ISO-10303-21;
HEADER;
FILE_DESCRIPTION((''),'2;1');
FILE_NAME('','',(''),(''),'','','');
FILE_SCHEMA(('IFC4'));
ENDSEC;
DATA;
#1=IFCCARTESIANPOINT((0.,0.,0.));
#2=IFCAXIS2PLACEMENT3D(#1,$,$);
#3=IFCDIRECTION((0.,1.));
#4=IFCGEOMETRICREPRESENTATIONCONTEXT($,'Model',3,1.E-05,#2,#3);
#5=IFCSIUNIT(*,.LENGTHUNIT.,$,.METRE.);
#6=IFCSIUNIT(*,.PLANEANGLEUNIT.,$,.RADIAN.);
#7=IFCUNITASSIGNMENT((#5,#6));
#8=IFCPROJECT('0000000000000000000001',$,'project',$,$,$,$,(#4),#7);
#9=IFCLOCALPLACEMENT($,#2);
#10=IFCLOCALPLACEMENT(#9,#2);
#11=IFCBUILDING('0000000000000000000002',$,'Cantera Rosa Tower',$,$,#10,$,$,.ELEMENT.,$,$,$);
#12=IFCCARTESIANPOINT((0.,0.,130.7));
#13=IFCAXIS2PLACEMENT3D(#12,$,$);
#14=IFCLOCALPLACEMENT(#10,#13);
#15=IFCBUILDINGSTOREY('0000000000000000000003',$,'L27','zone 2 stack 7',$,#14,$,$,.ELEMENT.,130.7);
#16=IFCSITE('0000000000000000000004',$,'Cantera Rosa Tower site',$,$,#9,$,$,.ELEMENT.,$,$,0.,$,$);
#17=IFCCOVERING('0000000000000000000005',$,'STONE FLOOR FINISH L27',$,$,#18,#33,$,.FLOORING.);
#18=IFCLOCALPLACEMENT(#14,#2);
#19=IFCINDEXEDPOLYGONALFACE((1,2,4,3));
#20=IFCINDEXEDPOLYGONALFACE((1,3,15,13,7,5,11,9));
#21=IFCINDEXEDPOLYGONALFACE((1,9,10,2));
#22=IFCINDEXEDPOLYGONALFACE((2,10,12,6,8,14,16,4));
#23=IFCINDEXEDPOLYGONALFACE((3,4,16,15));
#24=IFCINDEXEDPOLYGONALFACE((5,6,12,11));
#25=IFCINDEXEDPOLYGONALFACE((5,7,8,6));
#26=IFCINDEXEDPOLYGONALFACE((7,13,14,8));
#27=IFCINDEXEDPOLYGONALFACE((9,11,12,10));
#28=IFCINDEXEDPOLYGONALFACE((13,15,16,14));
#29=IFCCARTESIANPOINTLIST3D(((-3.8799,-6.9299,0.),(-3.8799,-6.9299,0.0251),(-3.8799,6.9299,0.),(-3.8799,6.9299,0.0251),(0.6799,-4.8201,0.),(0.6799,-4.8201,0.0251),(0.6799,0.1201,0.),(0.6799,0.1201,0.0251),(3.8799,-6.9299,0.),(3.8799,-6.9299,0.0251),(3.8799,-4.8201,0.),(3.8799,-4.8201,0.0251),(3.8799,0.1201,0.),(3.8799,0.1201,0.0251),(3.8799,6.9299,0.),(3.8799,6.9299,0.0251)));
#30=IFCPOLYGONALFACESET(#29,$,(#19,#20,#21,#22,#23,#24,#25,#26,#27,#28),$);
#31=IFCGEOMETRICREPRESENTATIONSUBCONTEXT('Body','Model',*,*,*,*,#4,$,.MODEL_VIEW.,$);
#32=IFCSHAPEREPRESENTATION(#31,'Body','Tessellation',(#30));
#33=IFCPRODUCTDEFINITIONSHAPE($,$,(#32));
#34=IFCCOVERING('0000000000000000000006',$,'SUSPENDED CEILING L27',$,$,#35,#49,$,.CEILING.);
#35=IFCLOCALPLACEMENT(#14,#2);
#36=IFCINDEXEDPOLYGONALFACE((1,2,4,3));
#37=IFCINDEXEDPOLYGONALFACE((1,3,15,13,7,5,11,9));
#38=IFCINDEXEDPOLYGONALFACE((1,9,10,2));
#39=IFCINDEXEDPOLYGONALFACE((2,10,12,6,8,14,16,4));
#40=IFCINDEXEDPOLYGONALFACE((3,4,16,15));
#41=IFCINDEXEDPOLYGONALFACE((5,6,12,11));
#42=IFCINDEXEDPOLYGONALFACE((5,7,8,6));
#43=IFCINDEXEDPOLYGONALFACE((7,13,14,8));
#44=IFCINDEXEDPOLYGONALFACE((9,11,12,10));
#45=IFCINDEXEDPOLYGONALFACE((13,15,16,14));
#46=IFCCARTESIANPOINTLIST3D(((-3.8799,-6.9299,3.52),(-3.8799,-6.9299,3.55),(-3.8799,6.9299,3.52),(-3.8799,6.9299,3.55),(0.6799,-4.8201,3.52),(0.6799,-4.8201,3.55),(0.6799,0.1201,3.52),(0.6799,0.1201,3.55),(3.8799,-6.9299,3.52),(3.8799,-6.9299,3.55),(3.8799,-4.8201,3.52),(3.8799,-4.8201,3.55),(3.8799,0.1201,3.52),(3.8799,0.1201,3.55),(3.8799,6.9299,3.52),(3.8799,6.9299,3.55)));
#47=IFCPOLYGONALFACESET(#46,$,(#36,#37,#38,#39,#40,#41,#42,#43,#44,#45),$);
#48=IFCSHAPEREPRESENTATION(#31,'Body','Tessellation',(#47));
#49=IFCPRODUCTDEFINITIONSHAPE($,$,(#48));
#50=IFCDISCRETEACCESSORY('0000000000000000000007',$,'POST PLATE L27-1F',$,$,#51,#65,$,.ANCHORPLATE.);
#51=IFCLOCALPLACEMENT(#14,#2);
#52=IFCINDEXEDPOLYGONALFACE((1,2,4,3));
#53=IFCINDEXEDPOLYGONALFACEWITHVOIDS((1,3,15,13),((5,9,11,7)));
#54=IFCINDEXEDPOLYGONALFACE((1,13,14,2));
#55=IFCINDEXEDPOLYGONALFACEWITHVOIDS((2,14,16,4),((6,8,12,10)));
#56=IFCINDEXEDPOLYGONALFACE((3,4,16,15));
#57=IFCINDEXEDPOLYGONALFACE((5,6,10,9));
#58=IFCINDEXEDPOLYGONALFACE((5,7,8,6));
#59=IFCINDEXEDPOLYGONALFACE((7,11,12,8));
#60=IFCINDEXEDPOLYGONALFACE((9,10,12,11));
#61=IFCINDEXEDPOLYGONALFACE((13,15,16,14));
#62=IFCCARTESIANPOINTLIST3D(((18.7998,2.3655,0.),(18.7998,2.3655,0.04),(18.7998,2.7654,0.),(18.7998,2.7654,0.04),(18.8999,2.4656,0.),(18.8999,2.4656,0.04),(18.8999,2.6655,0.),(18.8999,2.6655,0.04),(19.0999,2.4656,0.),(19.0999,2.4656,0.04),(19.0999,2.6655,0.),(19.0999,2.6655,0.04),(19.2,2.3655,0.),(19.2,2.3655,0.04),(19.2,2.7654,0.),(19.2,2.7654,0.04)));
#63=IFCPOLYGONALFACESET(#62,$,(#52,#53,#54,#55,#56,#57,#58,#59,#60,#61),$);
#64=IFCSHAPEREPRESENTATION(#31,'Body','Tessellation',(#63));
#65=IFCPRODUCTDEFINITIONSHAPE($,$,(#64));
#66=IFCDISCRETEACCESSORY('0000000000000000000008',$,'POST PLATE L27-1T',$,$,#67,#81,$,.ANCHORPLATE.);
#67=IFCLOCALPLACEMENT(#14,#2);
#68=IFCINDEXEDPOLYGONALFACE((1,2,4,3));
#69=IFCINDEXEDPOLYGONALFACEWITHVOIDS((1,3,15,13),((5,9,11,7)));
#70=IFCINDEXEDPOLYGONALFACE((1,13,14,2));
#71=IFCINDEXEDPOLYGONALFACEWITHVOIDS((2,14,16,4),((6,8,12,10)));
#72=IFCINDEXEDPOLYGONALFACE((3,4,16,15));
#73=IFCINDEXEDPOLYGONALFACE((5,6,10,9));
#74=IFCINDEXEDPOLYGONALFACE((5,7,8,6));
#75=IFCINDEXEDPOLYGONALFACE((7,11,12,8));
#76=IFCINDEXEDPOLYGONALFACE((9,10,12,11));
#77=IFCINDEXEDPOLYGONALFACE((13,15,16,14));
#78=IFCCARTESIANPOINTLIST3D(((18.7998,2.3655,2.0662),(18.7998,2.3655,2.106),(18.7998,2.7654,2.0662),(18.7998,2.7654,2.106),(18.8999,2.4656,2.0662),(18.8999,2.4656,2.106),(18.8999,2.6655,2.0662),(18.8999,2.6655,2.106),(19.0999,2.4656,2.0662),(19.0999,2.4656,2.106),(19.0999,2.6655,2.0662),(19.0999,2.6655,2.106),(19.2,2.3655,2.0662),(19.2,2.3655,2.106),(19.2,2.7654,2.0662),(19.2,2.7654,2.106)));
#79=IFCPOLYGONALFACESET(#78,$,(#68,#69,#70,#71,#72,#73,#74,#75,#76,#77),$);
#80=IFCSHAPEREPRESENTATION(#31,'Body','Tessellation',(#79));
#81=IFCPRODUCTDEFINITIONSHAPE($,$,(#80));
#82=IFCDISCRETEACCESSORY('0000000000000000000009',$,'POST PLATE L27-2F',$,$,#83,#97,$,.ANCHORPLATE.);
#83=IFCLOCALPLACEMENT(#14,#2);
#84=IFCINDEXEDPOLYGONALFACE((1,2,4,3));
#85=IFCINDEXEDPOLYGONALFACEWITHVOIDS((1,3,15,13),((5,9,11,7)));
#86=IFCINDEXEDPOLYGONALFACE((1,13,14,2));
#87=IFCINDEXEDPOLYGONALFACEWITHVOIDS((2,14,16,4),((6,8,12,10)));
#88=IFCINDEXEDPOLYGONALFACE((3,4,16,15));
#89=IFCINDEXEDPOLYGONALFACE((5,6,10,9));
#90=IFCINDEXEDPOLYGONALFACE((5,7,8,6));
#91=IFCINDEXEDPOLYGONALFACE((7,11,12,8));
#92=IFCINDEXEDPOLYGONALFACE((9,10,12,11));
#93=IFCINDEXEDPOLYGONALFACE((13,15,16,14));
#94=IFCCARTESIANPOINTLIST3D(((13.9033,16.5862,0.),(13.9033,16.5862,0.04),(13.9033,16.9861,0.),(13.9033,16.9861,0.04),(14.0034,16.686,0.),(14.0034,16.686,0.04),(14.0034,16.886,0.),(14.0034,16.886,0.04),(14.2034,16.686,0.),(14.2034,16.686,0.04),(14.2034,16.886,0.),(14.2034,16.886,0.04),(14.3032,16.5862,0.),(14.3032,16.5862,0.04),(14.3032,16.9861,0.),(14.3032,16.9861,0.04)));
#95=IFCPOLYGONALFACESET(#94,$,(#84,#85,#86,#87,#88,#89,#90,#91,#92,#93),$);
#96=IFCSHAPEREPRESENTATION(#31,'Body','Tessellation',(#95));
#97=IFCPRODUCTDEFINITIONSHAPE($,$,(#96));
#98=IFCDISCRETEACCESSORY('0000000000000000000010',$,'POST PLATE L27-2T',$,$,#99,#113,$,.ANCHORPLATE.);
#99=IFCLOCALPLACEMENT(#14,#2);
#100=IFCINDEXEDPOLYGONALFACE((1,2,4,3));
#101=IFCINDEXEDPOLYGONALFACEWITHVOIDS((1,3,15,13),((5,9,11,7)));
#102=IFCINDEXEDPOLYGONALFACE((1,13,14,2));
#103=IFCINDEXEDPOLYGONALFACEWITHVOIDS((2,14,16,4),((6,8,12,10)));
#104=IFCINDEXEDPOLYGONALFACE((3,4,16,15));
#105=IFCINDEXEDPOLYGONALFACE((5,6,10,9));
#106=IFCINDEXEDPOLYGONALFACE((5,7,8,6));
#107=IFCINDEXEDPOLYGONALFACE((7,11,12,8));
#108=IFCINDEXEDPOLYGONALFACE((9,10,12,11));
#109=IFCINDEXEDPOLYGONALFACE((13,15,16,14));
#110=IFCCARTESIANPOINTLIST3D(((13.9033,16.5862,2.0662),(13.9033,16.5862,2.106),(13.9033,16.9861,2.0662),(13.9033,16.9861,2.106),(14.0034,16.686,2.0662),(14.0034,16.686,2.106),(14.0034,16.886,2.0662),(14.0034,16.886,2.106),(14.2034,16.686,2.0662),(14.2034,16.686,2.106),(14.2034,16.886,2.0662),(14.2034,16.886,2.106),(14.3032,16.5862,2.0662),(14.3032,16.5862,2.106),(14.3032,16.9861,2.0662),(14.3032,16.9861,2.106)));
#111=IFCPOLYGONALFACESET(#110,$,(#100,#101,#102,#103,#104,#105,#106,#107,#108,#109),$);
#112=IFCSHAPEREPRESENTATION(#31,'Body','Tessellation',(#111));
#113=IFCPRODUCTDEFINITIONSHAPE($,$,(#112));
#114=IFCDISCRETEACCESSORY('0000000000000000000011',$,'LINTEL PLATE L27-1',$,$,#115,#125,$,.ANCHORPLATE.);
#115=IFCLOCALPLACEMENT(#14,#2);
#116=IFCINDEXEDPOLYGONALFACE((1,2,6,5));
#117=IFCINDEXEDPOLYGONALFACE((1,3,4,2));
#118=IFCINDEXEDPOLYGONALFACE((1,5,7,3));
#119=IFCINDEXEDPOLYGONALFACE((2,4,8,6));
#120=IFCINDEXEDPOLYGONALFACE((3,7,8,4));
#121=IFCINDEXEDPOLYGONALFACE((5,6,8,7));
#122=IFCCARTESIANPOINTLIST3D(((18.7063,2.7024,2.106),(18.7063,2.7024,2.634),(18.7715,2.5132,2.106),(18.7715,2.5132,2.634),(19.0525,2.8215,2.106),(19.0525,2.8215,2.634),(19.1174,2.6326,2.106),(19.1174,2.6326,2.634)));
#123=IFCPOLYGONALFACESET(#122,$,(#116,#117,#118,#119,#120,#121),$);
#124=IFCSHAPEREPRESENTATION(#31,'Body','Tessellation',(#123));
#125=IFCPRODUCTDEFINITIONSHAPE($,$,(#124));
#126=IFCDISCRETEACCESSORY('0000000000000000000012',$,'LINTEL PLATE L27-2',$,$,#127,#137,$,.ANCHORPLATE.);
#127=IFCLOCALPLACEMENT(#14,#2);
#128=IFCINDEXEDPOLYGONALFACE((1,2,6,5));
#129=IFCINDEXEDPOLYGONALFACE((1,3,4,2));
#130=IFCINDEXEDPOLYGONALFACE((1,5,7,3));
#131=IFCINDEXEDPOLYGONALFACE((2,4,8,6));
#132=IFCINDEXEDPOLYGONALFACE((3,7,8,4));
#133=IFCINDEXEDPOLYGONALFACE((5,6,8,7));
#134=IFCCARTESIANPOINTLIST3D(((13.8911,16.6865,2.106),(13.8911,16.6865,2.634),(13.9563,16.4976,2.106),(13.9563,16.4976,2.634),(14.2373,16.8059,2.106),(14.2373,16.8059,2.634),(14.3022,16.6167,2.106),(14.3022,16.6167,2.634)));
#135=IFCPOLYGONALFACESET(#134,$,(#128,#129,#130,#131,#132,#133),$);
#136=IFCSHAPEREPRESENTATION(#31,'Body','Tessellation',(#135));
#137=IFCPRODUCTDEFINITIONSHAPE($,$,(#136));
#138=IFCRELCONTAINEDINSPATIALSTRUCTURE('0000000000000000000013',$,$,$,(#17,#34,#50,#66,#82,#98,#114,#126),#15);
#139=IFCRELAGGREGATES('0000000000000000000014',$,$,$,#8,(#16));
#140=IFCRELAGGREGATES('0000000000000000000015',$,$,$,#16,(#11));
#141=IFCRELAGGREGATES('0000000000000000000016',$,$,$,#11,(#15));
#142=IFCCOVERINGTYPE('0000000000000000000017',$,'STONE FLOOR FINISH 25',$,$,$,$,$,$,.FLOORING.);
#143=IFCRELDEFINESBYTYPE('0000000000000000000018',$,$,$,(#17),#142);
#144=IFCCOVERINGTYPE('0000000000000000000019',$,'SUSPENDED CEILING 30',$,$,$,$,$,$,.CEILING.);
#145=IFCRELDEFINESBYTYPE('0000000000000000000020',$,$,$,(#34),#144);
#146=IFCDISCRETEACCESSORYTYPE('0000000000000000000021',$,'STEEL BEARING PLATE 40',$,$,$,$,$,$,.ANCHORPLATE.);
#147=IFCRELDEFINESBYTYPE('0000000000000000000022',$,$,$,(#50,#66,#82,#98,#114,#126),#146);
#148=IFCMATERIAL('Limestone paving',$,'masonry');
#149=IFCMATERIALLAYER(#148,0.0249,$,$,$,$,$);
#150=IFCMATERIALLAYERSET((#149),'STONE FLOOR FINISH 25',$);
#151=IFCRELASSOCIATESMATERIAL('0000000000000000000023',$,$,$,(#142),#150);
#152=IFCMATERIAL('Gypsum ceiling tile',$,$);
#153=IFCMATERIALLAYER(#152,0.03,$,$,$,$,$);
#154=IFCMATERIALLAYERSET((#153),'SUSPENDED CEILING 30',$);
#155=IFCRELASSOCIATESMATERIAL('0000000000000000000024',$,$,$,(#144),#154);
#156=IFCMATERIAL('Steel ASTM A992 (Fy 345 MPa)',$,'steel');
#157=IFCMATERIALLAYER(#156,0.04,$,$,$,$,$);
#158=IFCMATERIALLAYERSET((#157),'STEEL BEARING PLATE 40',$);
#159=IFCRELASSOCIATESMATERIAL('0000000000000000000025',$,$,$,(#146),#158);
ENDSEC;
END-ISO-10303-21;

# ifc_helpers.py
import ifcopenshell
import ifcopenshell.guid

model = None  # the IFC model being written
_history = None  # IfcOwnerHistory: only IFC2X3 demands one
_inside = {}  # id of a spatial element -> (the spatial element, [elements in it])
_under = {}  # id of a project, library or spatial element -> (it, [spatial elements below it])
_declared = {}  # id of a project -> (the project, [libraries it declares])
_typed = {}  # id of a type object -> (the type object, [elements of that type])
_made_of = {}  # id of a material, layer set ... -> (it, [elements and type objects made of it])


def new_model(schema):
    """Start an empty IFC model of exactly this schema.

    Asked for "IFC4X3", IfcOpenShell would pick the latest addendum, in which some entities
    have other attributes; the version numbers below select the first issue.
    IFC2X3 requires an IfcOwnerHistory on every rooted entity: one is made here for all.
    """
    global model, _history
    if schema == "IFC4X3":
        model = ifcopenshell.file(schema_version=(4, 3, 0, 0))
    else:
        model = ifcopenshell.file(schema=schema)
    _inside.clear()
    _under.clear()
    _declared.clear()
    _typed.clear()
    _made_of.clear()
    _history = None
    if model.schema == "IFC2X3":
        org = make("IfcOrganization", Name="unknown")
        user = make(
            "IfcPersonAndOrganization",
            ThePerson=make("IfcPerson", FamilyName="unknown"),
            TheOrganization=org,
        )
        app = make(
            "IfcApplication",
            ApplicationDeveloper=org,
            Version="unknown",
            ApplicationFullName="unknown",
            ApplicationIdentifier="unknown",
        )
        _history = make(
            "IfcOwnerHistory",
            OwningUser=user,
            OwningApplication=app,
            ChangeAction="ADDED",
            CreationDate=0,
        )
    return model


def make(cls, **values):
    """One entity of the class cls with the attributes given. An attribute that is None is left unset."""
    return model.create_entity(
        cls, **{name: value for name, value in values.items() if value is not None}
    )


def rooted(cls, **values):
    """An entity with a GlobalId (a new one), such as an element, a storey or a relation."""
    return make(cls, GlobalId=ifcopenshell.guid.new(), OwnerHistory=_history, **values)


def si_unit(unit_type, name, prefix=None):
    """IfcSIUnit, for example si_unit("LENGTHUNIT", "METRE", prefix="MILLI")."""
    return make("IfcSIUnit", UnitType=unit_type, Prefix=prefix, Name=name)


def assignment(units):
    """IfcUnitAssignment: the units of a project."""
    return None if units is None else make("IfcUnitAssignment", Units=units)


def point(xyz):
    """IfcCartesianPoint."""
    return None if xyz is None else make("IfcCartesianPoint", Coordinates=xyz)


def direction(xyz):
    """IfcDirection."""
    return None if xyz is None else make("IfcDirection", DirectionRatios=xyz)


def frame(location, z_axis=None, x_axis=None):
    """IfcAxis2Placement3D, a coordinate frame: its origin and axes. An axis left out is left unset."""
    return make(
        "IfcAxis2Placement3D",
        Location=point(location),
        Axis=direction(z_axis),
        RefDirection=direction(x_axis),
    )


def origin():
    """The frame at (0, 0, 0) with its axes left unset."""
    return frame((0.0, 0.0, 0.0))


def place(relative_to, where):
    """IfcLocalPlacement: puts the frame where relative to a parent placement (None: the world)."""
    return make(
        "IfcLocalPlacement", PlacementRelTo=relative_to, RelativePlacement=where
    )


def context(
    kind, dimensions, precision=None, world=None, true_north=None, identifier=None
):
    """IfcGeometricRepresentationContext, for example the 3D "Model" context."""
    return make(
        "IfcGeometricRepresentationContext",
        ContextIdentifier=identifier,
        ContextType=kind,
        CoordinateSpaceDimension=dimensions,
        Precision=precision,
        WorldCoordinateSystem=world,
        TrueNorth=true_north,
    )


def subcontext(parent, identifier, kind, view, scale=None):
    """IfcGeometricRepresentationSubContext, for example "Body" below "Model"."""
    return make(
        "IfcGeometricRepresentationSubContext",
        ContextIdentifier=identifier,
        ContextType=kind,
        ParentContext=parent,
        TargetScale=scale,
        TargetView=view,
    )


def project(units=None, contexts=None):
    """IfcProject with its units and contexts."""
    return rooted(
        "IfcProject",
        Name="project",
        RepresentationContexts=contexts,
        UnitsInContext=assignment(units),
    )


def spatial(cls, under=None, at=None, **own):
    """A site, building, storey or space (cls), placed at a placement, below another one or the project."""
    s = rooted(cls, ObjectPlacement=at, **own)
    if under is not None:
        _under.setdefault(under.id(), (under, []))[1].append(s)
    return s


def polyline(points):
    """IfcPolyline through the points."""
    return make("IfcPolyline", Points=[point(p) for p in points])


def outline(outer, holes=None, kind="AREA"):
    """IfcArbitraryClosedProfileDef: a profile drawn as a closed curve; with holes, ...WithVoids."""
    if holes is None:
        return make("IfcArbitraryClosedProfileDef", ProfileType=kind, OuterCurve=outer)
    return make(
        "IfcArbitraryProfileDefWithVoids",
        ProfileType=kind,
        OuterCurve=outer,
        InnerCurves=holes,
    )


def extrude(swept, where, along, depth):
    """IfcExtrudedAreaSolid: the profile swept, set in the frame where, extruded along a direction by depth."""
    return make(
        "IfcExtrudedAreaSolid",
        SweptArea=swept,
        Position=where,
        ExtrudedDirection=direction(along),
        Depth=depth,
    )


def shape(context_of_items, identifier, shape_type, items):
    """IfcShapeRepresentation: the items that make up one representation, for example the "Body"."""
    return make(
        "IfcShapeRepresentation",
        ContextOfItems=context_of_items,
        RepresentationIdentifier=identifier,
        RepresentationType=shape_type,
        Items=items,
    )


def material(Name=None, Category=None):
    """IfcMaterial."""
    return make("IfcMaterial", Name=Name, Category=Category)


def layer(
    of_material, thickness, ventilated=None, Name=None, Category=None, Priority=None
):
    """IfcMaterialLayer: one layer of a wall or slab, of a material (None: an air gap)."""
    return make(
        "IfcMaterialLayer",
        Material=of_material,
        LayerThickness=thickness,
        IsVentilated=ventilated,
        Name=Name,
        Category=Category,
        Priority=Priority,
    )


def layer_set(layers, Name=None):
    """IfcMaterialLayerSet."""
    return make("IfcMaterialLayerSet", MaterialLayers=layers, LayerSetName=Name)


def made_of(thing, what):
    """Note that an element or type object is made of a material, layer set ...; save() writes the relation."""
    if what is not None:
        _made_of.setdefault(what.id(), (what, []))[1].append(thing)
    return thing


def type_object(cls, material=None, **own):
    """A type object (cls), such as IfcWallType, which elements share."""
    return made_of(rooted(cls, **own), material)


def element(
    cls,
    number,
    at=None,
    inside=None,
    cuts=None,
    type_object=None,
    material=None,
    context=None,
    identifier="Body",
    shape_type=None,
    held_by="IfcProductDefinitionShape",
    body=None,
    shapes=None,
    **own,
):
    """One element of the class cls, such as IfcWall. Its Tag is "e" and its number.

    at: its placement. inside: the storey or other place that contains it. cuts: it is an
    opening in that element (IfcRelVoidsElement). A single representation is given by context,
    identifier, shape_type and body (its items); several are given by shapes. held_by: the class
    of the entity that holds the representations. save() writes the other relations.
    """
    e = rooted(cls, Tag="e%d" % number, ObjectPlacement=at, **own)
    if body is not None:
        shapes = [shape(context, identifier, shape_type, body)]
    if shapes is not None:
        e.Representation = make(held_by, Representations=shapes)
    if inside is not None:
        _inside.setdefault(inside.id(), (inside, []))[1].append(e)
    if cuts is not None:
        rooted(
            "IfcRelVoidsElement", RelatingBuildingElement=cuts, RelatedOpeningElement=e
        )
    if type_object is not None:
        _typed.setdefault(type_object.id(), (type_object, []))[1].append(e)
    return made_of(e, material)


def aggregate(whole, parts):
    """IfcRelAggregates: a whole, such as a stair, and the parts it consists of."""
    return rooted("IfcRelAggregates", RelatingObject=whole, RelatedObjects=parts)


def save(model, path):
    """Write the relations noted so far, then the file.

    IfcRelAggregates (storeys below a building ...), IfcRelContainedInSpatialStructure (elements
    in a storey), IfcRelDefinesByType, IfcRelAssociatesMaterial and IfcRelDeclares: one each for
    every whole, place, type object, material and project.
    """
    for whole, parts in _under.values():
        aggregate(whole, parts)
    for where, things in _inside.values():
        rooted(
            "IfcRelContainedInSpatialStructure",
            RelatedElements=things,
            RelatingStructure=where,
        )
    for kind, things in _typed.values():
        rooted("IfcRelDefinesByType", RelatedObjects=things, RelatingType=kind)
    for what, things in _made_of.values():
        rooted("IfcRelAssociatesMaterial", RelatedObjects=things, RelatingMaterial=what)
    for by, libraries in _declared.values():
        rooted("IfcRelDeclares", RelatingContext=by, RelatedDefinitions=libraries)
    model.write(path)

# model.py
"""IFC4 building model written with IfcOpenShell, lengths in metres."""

from ifc_helpers import new_model, si_unit, direction, frame, origin, place, context, subcontext, project, spatial, polyline, outline, extrude, material, layer, layer_set, type_object, element, save


model = new_model("IFC4")

# Units and contexts
model_context = context("Model", 3, precision=1e-05, world=origin(), true_north=direction((0.0, 1.0)))
body_context = subcontext(model_context, "Body", "Model", "MODEL_VIEW")
ifc_project = project(units=[si_unit("LENGTHUNIT", "METRE"), si_unit("PLANEANGLEUNIT", "RADIAN")], contexts=[model_context])

# Site, building, storey
site_placement = place(None, origin())
site = spatial("IfcSite", under=ifc_project, at=site_placement, Name="Cantera Rosa Tower site", CompositionType="ELEMENT", RefElevation=0.0)
building_placement = place(site_placement, origin())
building = spatial("IfcBuilding", under=site, at=building_placement, Name="Cantera Rosa Tower", CompositionType="ELEMENT")
storey_placement = place(building_placement, frame((0.0, 0.0, 130.7)))
storey = spatial("IfcBuildingStorey", under=building, at=storey_placement, Name="L27", Description="zone 2 stack 7", CompositionType="ELEMENT", Elevation=130.7)

# Coverings
ifc_material_1 = material(Name="Limestone paving", Category="masonry")
ifc_layer_1 = layer(ifc_material_1, 0.0249)
ifc_layer_set_1 = layer_set([ifc_layer_1], Name="STONE FLOOR FINISH 25")
covering_type_1 = type_object("IfcCoveringType", Name="STONE FLOOR FINISH 25", PredefinedType="FLOORING", material=ifc_layer_set_1)
covering_1_placement = place(storey_placement, origin())
element("IfcCovering", 1, at=covering_1_placement, inside=storey, type_object=covering_type_1, Name="STONE FLOOR FINISH L27", PredefinedType="FLOORING", context=body_context, shape_type="SweptSolid", body=[
    extrude(outline(polyline([(3.8799, 6.9299), (3.8799, 0.1201), (0.6799, 0.1201), (0.6799, -4.8201), (3.8799, -4.8201), (3.8799, -6.9299), (-3.8799, -6.9299), (-3.8799, 6.9299), (3.8799, 6.9299)])), origin(), (0.0, 0.0, 1.0), 0.0251),
])
ifc_material_2 = material(Name="Gypsum ceiling tile")
ifc_layer_2 = layer(ifc_material_2, 0.03)
ifc_layer_set_2 = layer_set([ifc_layer_2], Name="SUSPENDED CEILING 30")
covering_type_2 = type_object("IfcCoveringType", Name="SUSPENDED CEILING 30", PredefinedType="CEILING", material=ifc_layer_set_2)
covering_2_placement = place(storey_placement, frame((0.0, 0.0, 3.52)))
element("IfcCovering", 2, at=covering_2_placement, inside=storey, type_object=covering_type_2, Name="SUSPENDED CEILING L27", PredefinedType="CEILING", context=body_context, shape_type="SweptSolid", body=[
    extrude(outline(polyline([(3.8799, 6.9299), (3.8799, 0.1201), (0.6799, 0.1201), (0.6799, -4.8201), (3.8799, -4.8201), (3.8799, -6.9299), (-3.8799, -6.9299), (-3.8799, 6.9299), (3.8799, 6.9299)])), origin(), (0.0, 0.0, 1.0), 0.03),
])

# Discrete accessories
ifc_material_3 = material(Name="Steel ASTM A992 (Fy 345 MPa)", Category="steel")
ifc_layer_3 = layer(ifc_material_3, 0.04)
ifc_layer_set_3 = layer_set([ifc_layer_3], Name="STEEL BEARING PLATE 40")
discrete_accessory_type = type_object("IfcDiscreteAccessoryType", Name="STEEL BEARING PLATE 40", PredefinedType="ANCHORPLATE", material=ifc_layer_set_3)
discrete_accessory_1_placement = place(storey_placement, origin())
element("IfcDiscreteAccessory", 3, at=discrete_accessory_1_placement, inside=storey, type_object=discrete_accessory_type, Name="POST PLATE L27-1F", PredefinedType="ANCHORPLATE", context=body_context, shape_type="SweptSolid", body=[
    extrude(outline(polyline([(18.7998, 2.3655), (19.2, 2.3655), (19.2, 2.7654), (18.7998, 2.7654), (18.7998, 2.3655)]), holes=[polyline([(18.8999, 2.4656), (19.0999, 2.4656), (19.0999, 2.6655), (18.8999, 2.6655), (18.8999, 2.4656)])]), origin(), (0.0, 0.0, 1.0), 0.04),
])
discrete_accessory_2_placement = place(storey_placement, frame((0.0, 0.0, 2.0662)))
element("IfcDiscreteAccessory", 4, at=discrete_accessory_2_placement, inside=storey, type_object=discrete_accessory_type, Name="POST PLATE L27-1T", PredefinedType="ANCHORPLATE", context=body_context, shape_type="SweptSolid", body=[
    extrude(outline(polyline([(18.7998, 2.3655), (19.2, 2.3655), (19.2, 2.7654), (18.7998, 2.7654), (18.7998, 2.3655)]), holes=[polyline([(18.8999, 2.4656), (19.0999, 2.4656), (19.0999, 2.6655), (18.8999, 2.6655), (18.8999, 2.4656)])]), origin(), (0.0, 0.0, 1.0), 0.0398),
])
discrete_accessory_3_placement = place(storey_placement, origin())
element("IfcDiscreteAccessory", 5, at=discrete_accessory_3_placement, inside=storey, type_object=discrete_accessory_type, Name="POST PLATE L27-2F", PredefinedType="ANCHORPLATE", context=body_context, shape_type="SweptSolid", body=[
    extrude(outline(polyline([(13.9033, 16.5862), (14.3032, 16.5862), (14.3032, 16.9861), (13.9033, 16.9861), (13.9033, 16.5862)]), holes=[polyline([(14.0034, 16.686), (14.2034, 16.686), (14.2034, 16.886), (14.0034, 16.886), (14.0034, 16.686)])]), origin(), (0.0, 0.0, 1.0), 0.04),
])
discrete_accessory_4_placement = place(storey_placement, frame((0.0, 0.0, 2.0662)))
element("IfcDiscreteAccessory", 6, at=discrete_accessory_4_placement, inside=storey, type_object=discrete_accessory_type, Name="POST PLATE L27-2T", PredefinedType="ANCHORPLATE", context=body_context, shape_type="SweptSolid", body=[
    extrude(outline(polyline([(13.9033, 16.5862), (14.3032, 16.5862), (14.3032, 16.9861), (13.9033, 16.9861), (13.9033, 16.5862)]), holes=[polyline([(14.0034, 16.686), (14.2034, 16.686), (14.2034, 16.886), (14.0034, 16.886), (14.0034, 16.686)])]), origin(), (0.0, 0.0, 1.0), 0.0398),
])
discrete_accessory_5_placement = place(storey_placement, frame((0.0, 0.0, 2.106)))
element("IfcDiscreteAccessory", 7, at=discrete_accessory_5_placement, inside=storey, type_object=discrete_accessory_type, Name="LINTEL PLATE L27-1", PredefinedType="ANCHORPLATE", context=body_context, shape_type="SweptSolid", body=[
    extrude(outline(polyline([(18.7063, 2.7024), (18.7715, 2.5132), (19.1174, 2.6326), (19.0525, 2.8215), (18.7063, 2.7024)])), origin(), (0.0, 0.0, 1.0), 0.5281),
])
discrete_accessory_6_placement = place(storey_placement, frame((0.0, 0.0, 2.106)))
element("IfcDiscreteAccessory", 8, at=discrete_accessory_6_placement, inside=storey, type_object=discrete_accessory_type, Name="LINTEL PLATE L27-2", PredefinedType="ANCHORPLATE", context=body_context, shape_type="SweptSolid", body=[
    extrude(outline(polyline([(14.3022, 16.6167), (14.2373, 16.8059), (13.8911, 16.6865), (13.9563, 16.4976), (14.3022, 16.6167)])), origin(), (0.0, 0.0, 1.0), 0.5281),
])

save(model, "model.ifc")
